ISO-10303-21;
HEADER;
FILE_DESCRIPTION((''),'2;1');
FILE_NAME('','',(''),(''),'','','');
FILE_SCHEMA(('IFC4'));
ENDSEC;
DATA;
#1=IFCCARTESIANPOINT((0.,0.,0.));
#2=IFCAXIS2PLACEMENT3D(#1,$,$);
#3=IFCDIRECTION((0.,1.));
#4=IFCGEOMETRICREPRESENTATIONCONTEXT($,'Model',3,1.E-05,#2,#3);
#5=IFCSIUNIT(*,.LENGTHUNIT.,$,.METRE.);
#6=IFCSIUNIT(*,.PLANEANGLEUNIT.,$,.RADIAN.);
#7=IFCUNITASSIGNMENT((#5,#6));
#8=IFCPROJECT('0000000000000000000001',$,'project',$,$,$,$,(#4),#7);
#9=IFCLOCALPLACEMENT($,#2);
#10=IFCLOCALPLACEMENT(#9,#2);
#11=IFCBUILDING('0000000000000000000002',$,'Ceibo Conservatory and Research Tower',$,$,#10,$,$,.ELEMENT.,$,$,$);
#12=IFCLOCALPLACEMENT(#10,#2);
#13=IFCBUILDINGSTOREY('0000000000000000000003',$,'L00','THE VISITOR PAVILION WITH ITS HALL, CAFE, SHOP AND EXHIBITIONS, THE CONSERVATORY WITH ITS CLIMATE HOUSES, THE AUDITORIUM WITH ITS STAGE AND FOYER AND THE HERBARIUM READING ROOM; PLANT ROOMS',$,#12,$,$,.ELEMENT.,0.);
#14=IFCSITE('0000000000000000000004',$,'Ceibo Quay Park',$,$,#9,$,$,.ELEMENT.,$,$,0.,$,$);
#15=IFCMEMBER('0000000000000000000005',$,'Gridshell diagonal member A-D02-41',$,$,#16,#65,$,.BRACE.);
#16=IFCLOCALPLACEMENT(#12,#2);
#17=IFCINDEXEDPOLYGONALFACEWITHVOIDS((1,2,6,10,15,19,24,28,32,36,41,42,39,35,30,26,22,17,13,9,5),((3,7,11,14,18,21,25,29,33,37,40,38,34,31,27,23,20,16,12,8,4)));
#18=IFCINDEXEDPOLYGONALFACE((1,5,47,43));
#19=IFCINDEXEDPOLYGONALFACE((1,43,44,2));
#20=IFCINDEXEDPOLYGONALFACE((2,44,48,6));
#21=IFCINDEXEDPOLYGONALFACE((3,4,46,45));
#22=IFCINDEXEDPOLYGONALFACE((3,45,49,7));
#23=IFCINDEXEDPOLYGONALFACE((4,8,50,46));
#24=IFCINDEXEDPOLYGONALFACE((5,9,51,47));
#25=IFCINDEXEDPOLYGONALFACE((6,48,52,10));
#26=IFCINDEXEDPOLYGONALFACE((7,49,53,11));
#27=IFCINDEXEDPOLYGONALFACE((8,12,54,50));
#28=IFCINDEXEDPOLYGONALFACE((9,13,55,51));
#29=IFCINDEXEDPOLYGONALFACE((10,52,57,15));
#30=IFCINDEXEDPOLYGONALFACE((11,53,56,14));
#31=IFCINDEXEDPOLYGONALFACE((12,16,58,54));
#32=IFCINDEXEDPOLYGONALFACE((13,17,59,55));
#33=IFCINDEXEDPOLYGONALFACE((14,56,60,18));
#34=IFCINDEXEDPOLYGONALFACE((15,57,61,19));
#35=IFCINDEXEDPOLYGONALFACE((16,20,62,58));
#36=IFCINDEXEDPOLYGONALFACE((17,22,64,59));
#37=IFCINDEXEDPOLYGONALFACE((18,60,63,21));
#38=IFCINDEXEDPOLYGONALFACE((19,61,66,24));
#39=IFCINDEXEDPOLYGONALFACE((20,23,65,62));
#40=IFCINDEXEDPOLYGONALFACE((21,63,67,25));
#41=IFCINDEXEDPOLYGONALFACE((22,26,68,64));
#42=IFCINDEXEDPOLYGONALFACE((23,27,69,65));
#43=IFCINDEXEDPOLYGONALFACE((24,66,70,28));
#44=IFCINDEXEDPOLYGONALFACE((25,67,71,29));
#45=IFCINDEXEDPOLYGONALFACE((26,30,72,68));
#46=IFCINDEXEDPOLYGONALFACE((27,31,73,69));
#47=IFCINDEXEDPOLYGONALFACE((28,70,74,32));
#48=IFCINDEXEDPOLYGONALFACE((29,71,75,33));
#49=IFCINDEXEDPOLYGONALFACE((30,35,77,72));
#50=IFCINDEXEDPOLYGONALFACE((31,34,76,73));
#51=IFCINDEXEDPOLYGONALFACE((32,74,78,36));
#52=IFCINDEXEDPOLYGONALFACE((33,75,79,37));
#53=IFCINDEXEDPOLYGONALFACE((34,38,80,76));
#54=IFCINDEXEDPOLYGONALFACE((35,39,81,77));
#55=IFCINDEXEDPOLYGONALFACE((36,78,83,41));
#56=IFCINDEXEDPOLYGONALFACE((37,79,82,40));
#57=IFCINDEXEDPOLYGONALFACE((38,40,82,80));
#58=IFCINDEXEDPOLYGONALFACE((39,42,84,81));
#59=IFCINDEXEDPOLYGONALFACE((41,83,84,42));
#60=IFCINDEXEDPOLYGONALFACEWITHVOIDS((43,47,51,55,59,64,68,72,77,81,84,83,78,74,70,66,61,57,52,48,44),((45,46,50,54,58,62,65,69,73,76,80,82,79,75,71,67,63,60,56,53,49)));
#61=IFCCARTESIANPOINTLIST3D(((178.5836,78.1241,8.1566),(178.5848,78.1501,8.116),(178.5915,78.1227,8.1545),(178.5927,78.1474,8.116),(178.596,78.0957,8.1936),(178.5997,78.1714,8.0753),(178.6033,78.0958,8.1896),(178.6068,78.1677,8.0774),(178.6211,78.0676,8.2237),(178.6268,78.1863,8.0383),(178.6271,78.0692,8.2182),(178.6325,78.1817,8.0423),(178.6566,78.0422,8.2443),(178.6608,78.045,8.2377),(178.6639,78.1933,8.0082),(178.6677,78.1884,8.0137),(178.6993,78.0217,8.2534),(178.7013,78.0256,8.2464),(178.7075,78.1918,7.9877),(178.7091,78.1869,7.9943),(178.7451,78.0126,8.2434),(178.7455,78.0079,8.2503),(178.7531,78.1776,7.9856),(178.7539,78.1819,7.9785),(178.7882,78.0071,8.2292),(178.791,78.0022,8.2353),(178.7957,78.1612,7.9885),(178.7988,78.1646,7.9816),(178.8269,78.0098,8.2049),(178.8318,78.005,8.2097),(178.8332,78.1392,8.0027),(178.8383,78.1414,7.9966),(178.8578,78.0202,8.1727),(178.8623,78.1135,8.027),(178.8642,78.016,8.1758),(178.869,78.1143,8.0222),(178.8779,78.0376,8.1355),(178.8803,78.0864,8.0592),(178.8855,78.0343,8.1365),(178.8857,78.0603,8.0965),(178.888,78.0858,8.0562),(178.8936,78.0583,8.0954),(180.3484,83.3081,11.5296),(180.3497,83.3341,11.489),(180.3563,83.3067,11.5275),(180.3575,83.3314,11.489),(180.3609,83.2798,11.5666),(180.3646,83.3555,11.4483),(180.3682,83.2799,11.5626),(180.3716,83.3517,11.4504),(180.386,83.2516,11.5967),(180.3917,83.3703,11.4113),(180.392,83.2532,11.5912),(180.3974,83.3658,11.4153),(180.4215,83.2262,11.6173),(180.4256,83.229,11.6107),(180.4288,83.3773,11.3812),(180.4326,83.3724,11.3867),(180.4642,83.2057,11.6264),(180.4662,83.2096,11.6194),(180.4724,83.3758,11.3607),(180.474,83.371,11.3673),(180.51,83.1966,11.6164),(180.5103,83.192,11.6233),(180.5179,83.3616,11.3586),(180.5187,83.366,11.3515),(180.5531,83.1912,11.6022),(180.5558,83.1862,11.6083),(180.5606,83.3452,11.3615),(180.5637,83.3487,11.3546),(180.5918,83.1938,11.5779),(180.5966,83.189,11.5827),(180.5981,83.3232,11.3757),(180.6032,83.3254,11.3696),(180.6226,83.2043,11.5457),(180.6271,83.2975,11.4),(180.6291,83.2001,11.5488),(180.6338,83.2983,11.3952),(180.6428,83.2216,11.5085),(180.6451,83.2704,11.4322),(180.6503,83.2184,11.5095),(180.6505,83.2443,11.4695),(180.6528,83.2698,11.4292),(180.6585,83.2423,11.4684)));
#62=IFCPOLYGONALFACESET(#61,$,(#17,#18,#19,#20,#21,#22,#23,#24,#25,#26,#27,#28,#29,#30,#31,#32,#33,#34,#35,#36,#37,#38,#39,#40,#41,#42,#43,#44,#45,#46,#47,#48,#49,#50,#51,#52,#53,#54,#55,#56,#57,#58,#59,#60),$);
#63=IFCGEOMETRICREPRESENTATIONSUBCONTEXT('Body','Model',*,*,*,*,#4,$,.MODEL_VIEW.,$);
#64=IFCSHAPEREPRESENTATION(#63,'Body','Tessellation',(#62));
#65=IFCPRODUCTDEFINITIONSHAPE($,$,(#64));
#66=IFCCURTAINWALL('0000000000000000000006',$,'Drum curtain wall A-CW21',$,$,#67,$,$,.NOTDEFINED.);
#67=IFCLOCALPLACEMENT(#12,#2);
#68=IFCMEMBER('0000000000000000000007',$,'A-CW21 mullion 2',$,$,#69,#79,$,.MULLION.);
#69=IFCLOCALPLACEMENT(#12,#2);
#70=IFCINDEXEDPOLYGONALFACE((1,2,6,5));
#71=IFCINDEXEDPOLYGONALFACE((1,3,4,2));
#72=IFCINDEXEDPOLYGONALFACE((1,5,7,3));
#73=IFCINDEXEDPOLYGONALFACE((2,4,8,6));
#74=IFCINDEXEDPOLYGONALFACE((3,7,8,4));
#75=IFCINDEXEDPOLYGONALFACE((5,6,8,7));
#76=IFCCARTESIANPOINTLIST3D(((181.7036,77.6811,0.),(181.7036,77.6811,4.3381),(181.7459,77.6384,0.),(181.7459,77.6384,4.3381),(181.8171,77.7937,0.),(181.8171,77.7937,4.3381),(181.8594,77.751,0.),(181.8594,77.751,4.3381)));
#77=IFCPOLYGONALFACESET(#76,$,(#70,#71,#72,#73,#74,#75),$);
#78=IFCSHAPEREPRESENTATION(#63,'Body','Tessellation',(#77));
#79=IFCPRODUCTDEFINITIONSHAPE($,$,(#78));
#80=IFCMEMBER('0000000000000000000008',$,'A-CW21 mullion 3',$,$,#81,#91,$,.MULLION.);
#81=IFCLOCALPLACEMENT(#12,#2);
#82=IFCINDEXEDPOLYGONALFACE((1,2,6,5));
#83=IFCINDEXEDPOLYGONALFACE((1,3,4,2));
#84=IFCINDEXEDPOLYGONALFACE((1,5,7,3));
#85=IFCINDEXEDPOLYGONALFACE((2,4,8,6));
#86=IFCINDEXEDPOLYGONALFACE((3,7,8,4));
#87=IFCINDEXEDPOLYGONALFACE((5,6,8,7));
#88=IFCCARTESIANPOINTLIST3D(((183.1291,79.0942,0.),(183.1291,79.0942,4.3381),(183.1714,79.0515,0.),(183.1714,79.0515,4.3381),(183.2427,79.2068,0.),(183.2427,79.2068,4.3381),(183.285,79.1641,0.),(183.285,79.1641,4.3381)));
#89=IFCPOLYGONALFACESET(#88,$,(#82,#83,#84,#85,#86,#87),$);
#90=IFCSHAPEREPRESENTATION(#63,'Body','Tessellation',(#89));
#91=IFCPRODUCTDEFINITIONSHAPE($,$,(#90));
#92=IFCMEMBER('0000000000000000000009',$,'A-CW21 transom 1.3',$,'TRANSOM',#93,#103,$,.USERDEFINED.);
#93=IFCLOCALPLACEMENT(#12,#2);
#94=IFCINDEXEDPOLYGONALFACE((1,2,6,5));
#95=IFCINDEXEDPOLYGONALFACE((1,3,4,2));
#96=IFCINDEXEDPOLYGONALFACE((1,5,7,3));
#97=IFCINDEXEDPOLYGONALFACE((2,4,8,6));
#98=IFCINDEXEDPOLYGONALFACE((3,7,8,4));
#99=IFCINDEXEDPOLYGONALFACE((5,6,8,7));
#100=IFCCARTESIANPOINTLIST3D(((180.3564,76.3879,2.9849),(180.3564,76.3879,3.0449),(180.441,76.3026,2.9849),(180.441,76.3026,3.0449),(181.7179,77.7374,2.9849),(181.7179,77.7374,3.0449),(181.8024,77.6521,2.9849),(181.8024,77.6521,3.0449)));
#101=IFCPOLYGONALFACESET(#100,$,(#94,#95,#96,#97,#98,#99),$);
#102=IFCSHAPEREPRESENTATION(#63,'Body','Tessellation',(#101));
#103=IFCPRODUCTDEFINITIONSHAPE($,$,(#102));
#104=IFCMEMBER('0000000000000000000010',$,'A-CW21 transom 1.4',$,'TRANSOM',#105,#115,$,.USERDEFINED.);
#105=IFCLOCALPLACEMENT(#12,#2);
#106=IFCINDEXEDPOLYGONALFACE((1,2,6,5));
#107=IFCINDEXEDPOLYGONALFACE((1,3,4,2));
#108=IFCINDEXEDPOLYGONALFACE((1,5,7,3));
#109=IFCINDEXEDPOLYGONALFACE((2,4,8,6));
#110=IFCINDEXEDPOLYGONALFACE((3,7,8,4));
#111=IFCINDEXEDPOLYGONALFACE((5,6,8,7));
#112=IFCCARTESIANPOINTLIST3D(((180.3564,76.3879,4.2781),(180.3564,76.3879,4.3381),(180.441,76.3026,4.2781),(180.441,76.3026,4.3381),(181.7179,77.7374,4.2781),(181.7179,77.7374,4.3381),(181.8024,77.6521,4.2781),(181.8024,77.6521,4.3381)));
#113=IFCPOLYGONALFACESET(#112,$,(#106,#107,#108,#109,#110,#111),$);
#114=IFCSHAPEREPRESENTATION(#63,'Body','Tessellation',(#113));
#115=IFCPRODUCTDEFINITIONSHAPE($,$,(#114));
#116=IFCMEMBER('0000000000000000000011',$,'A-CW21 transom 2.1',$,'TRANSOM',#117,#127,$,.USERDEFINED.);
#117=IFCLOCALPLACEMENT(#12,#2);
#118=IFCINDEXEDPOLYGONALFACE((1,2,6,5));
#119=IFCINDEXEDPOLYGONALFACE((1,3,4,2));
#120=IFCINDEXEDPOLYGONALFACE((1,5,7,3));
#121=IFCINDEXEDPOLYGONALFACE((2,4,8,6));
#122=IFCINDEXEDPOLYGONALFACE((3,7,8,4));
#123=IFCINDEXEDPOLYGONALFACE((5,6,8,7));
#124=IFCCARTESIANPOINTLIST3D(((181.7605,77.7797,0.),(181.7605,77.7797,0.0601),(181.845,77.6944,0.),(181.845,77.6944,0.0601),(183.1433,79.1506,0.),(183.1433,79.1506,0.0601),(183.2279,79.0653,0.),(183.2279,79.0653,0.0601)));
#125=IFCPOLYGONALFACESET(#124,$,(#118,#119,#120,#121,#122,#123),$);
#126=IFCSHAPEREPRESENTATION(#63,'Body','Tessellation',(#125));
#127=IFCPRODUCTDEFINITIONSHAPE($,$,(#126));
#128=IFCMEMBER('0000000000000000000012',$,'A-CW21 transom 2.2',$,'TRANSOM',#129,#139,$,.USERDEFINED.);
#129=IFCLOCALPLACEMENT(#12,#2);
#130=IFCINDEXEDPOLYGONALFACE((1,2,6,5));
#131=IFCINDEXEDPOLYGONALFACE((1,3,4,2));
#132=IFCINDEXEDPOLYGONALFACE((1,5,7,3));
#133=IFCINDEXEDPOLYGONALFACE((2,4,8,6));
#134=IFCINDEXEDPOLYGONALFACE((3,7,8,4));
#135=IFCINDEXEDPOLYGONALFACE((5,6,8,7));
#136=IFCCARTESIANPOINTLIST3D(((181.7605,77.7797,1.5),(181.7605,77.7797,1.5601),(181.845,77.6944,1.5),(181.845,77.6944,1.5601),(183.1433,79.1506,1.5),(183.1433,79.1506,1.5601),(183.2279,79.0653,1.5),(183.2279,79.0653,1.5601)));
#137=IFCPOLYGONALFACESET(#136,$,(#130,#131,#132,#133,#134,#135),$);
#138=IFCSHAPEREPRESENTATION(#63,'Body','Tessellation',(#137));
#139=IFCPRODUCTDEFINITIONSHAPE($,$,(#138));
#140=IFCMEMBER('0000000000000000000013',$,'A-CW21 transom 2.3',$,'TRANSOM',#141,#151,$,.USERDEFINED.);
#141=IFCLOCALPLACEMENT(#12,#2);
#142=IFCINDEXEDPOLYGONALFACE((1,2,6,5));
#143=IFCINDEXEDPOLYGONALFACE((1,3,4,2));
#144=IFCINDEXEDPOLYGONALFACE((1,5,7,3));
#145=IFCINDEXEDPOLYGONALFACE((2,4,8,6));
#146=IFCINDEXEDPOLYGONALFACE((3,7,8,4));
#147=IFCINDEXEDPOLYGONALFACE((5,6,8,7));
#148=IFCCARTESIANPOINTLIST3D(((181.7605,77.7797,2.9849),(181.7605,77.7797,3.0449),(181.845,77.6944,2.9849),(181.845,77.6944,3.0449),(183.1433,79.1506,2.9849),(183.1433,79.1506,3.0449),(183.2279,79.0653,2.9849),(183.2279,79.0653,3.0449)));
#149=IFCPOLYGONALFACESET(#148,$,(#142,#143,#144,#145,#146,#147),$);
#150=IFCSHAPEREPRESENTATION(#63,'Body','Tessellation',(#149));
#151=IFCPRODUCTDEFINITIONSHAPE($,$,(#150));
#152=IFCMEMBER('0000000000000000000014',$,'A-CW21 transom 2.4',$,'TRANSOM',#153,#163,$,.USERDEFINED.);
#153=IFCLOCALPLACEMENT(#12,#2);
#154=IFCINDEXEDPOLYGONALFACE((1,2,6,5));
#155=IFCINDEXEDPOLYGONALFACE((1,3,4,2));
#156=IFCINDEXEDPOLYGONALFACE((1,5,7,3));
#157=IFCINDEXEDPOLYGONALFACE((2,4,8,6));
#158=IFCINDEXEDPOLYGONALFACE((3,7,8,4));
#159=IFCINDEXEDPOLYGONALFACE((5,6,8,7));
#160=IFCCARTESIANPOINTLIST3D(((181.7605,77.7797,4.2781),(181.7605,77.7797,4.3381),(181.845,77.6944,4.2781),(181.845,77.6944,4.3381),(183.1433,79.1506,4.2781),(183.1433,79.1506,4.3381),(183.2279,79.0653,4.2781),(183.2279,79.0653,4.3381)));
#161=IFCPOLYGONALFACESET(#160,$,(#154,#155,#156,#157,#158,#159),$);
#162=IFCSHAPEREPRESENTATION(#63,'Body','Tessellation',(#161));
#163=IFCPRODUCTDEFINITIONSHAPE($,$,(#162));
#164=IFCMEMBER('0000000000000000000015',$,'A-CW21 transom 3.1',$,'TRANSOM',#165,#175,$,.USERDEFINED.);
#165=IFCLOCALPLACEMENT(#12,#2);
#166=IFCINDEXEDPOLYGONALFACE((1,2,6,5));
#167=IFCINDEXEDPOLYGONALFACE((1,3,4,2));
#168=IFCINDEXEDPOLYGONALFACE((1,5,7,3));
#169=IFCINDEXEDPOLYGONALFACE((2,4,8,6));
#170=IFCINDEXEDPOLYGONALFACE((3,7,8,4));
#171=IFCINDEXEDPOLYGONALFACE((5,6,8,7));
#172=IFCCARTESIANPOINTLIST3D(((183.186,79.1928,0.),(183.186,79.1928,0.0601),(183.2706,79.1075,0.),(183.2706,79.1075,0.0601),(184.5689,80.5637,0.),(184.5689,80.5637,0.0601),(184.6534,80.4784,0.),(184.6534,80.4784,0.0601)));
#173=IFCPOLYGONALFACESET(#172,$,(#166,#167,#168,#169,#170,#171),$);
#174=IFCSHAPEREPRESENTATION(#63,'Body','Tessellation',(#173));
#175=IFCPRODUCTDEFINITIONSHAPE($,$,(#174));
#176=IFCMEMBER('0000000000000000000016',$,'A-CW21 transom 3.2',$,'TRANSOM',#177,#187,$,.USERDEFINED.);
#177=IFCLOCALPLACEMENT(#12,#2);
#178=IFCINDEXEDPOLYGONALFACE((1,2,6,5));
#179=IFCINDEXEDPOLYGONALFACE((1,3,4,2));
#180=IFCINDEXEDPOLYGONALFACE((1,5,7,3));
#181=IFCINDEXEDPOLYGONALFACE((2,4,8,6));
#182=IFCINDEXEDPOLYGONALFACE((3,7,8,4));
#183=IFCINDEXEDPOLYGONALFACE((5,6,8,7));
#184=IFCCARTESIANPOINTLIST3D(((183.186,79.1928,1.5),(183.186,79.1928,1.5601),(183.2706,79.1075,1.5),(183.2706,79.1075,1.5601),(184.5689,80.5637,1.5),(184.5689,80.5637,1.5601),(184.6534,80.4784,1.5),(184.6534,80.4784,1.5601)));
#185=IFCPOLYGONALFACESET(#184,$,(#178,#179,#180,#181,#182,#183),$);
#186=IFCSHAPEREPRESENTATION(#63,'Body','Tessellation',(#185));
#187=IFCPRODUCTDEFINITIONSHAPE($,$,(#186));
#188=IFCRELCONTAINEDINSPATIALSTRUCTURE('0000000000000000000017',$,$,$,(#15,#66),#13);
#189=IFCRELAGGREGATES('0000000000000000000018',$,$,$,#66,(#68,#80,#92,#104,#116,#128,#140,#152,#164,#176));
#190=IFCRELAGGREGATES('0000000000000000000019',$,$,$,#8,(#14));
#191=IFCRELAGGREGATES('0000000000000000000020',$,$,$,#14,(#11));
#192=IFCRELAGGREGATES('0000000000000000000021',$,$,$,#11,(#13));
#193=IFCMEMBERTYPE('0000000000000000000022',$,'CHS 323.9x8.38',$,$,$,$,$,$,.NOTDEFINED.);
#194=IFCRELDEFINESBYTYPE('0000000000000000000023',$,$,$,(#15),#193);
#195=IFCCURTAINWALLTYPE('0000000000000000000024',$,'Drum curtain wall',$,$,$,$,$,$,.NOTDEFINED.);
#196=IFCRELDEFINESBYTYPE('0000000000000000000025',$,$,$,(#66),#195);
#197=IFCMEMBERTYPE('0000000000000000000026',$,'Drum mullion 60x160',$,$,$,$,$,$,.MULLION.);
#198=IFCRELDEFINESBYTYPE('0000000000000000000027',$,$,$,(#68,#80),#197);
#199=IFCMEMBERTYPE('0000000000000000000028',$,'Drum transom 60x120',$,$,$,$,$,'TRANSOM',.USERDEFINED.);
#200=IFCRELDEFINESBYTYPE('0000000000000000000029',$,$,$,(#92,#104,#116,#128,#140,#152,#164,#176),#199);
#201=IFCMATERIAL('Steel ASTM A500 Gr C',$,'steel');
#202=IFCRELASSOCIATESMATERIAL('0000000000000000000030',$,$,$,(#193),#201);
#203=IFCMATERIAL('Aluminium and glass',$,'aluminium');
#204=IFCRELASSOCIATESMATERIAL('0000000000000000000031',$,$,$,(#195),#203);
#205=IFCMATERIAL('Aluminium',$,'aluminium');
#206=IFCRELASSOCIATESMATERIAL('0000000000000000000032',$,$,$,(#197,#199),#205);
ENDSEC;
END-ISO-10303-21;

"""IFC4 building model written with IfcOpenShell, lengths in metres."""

from ifc_helpers import new_model, si_unit, direction, frame, origin, origin_2d, place, context, subcontext, project, spatial, rectangle, hollow_circle, extrude, material, material_profile, profile_set, type_object, element, aggregate, save


model = new_model("IFC4")

# Units and contexts
model_context = context("Model", 3, precision=1e-05, world=origin(), true_north=direction((0.0, 1.0)))
body_context = subcontext(model_context, "Body", "Model", "MODEL_VIEW")
ifc_project = project(units=[si_unit("LENGTHUNIT", "METRE"), si_unit("PLANEANGLEUNIT", "RADIAN")], contexts=[model_context])

# Site, building, storey
site_placement = place(None, origin())
site = spatial("IfcSite", under=ifc_project, at=site_placement, Name="Ceibo Quay Park", CompositionType="ELEMENT", RefElevation=0.0)
building_placement = place(site_placement, origin())
building = spatial("IfcBuilding", under=site, at=building_placement, Name="Ceibo Conservatory and Research Tower", CompositionType="ELEMENT")
storey_placement = place(building_placement, origin())
storey = spatial("IfcBuildingStorey", under=building, at=storey_placement, Name="L00", Description="THE VISITOR PAVILION WITH ITS HALL, CAFE, SHOP AND EXHIBITIONS, THE CONSERVATORY WITH ITS CLIMATE HOUSES, THE AUDITORIUM WITH ITS STAGE AND FOYER AND THE HERBARIUM READING ROOM; PLANT ROOMS", CompositionType="ELEMENT", Elevation=0.0)

# Member
ifc_material_1 = material(Name="Steel ASTM A500 Gr C", Category="steel")
ifc_material_profile_1 = material_profile(ifc_material_1, hollow_circle(Radius=0.1619, WallThickness=0.0083, at=origin_2d()), Name="CHS 323.9x8.38")
ifc_profile_set_1 = profile_set([ifc_material_profile_1], Name="Steel ASTM A500 Gr C")
member_type_1 = type_object("IfcMemberType", Name="CHS 323.9x8.38", PredefinedType="NOTDEFINED", material=ifc_profile_set_1)
member_1_placement = place(storey_placement, frame((178.738, 78.0979, 8.116), z_axis=(0.274405, 0.806018, 0.524439), x_axis=(-0.946644, 0.32228, 0.0)))
element("IfcMember", 1, at=member_1_placement, inside=storey, type_object=member_type_1, Name="Gridshell diagonal member A-D02-41", PredefinedType="BRACE", context=body_context, shape_type="SweptSolid", body=[
    extrude(hollow_circle(Radius=0.1619, WallThickness=0.0083, at=origin_2d()), origin(), (0.0, 0.0, 1.0), 6.4316),
])

# Curtain wall, members
ifc_material_2 = material(Name="Aluminium and glass", Category="aluminium")
curtain_wall_type = type_object("IfcCurtainWallType", Name="Drum curtain wall", PredefinedType="NOTDEFINED", material=ifc_material_2)
curtain_wall_placement = place(storey_placement, origin())
curtain_wall = element("IfcCurtainWall", 2, at=curtain_wall_placement, inside=storey, type_object=curtain_wall_type, Name="Drum curtain wall A-CW21", PredefinedType="NOTDEFINED")
ifc_material_3 = material(Name="Aluminium", Category="aluminium")
ifc_material_profile_2 = material_profile(ifc_material_3, rectangle(XDim=0.0601, YDim=0.1599, at=origin_2d()), Name="AL 60x160")
ifc_profile_set_2 = profile_set([ifc_material_profile_2], Name="Aluminium")
member_type_2 = type_object("IfcMemberType", Name="Drum mullion 60x160", PredefinedType="MULLION", material=ifc_profile_set_2)
member_2_placement = place(storey_placement, frame((181.7815, 77.7161, 0.0), z_axis=(0.0, 0.0, 1.0), x_axis=(-0.704015, 0.710185, 0.0)))
member_2 = element("IfcMember", 3, at=member_2_placement, type_object=member_type_2, Name="A-CW21 mullion 2", PredefinedType="MULLION", context=body_context, shape_type="SweptSolid", body=[
    extrude(rectangle(XDim=0.0601, YDim=0.1599, at=origin_2d()), origin(), (0.0, 0.0, 1.0), 4.3381),
])
member_3_placement = place(storey_placement, frame((183.207, 79.1292, 0.0), z_axis=(0.0, 0.0, 1.0), x_axis=(-0.704015, 0.710185, 0.0)))
member_3 = element("IfcMember", 4, at=member_3_placement, type_object=member_type_2, Name="A-CW21 mullion 3", PredefinedType="MULLION", context=body_context, shape_type="SweptSolid", body=[
    extrude(rectangle(XDim=0.0601, YDim=0.1599, at=origin_2d()), origin(), (0.0, 0.0, 1.0), 4.3381),
])
ifc_material_profile_3 = material_profile(ifc_material_3, rectangle(XDim=0.1201, YDim=0.0601, at=origin_2d()), Name="AL 60x120")
ifc_profile_set_3 = profile_set([ifc_material_profile_3], Name="Aluminium")
member_type_3 = type_object("IfcMemberType", Name="Drum transom 60x120", ElementType="TRANSOM", PredefinedType="USERDEFINED", material=ifc_profile_set_3)
member_4_placement = place(storey_placement, frame((180.3987, 76.3452, 3.0149), z_axis=(0.71022, 0.70398, 0.0), x_axis=(-0.70398, 0.71022, 0.0)))
member_4 = element("IfcMember", 5, at=member_4_placement, type_object=member_type_3, Name="A-CW21 transom 1.3", ObjectType="TRANSOM", PredefinedType="USERDEFINED", context=body_context, shape_type="SweptSolid", body=[
    extrude(rectangle(XDim=0.1201, YDim=0.0601, at=origin_2d()), origin(), (0.0, 0.0, 1.0), 1.917),
])
member_5_placement = place(storey_placement, frame((180.3987, 76.3452, 4.3081), z_axis=(0.71022, 0.70398, 0.0), x_axis=(-0.70398, 0.71022, 0.0)))
member_5 = element("IfcMember", 6, at=member_5_placement, type_object=member_type_3, Name="A-CW21 transom 1.4", ObjectType="TRANSOM", PredefinedType="USERDEFINED", context=body_context, shape_type="SweptSolid", body=[
    extrude(rectangle(XDim=0.1201, YDim=0.0601, at=origin_2d()), origin(), (0.0, 0.0, 1.0), 1.917),
])
member_6_placement = place(storey_placement, frame((181.8027, 77.7371, 0.03), z_axis=(0.710172, 0.704028, 0.0), x_axis=(-0.704028, 0.710172, 0.0)))
member_6 = element("IfcMember", 7, at=member_6_placement, type_object=member_type_3, Name="A-CW21 transom 2.1", ObjectType="TRANSOM", PredefinedType="USERDEFINED", context=body_context, shape_type="SweptSolid", body=[
    extrude(rectangle(XDim=0.1201, YDim=0.0601, at=origin_2d()), origin(), (0.0, 0.0, 1.0), 1.9473),
])
member_7_placement = place(storey_placement, frame((181.8027, 77.7371, 1.53), z_axis=(0.710172, 0.704028, 0.0), x_axis=(-0.704028, 0.710172, 0.0)))
member_7 = element("IfcMember", 8, at=member_7_placement, type_object=member_type_3, Name="A-CW21 transom 2.2", ObjectType="TRANSOM", PredefinedType="USERDEFINED", context=body_context, shape_type="SweptSolid", body=[
    extrude(rectangle(XDim=0.1201, YDim=0.0601, at=origin_2d()), origin(), (0.0, 0.0, 1.0), 1.9473),
])
member_8_placement = place(storey_placement, frame((181.8027, 77.7371, 3.0149), z_axis=(0.710172, 0.704028, 0.0), x_axis=(-0.704028, 0.710172, 0.0)))
member_8 = element("IfcMember", 9, at=member_8_placement, type_object=member_type_3, Name="A-CW21 transom 2.3", ObjectType="TRANSOM", PredefinedType="USERDEFINED", context=body_context, shape_type="SweptSolid", body=[
    extrude(rectangle(XDim=0.1201, YDim=0.0601, at=origin_2d()), origin(), (0.0, 0.0, 1.0), 1.9473),
])
member_9_placement = place(storey_placement, frame((181.8027, 77.7371, 4.3081), z_axis=(0.710172, 0.704028, 0.0), x_axis=(-0.704028, 0.710172, 0.0)))
member_9 = element("IfcMember", 10, at=member_9_placement, type_object=member_type_3, Name="A-CW21 transom 2.4", ObjectType="TRANSOM", PredefinedType="USERDEFINED", context=body_context, shape_type="SweptSolid", body=[
    extrude(rectangle(XDim=0.1201, YDim=0.0601, at=origin_2d()), origin(), (0.0, 0.0, 1.0), 1.9473),
])
member_10_placement = place(storey_placement, frame((183.2283, 79.1501, 0.03), z_axis=(0.710172, 0.704028, 0.0), x_axis=(-0.704028, 0.710172, 0.0)))
member_10 = element("IfcMember", 11, at=member_10_placement, type_object=member_type_3, Name="A-CW21 transom 3.1", ObjectType="TRANSOM", PredefinedType="USERDEFINED", context=body_context, shape_type="SweptSolid", body=[
    extrude(rectangle(XDim=0.1201, YDim=0.0601, at=origin_2d()), origin(), (0.0, 0.0, 1.0), 1.9473),
])
member_11_placement = place(storey_placement, frame((183.2283, 79.1501, 1.53), z_axis=(0.710172, 0.704028, 0.0), x_axis=(-0.704028, 0.710172, 0.0)))
member_11 = element("IfcMember", 12, at=member_11_placement, type_object=member_type_3, Name="A-CW21 transom 3.2", ObjectType="TRANSOM", PredefinedType="USERDEFINED", context=body_context, shape_type="SweptSolid", body=[
    extrude(rectangle(XDim=0.1201, YDim=0.0601, at=origin_2d()), origin(), (0.0, 0.0, 1.0), 1.9473),
])

aggregate(curtain_wall, [member_2, member_3, member_4, member_5, member_6, member_7, member_8, member_9, member_10, member_11])

save(model, "model.ifc")
